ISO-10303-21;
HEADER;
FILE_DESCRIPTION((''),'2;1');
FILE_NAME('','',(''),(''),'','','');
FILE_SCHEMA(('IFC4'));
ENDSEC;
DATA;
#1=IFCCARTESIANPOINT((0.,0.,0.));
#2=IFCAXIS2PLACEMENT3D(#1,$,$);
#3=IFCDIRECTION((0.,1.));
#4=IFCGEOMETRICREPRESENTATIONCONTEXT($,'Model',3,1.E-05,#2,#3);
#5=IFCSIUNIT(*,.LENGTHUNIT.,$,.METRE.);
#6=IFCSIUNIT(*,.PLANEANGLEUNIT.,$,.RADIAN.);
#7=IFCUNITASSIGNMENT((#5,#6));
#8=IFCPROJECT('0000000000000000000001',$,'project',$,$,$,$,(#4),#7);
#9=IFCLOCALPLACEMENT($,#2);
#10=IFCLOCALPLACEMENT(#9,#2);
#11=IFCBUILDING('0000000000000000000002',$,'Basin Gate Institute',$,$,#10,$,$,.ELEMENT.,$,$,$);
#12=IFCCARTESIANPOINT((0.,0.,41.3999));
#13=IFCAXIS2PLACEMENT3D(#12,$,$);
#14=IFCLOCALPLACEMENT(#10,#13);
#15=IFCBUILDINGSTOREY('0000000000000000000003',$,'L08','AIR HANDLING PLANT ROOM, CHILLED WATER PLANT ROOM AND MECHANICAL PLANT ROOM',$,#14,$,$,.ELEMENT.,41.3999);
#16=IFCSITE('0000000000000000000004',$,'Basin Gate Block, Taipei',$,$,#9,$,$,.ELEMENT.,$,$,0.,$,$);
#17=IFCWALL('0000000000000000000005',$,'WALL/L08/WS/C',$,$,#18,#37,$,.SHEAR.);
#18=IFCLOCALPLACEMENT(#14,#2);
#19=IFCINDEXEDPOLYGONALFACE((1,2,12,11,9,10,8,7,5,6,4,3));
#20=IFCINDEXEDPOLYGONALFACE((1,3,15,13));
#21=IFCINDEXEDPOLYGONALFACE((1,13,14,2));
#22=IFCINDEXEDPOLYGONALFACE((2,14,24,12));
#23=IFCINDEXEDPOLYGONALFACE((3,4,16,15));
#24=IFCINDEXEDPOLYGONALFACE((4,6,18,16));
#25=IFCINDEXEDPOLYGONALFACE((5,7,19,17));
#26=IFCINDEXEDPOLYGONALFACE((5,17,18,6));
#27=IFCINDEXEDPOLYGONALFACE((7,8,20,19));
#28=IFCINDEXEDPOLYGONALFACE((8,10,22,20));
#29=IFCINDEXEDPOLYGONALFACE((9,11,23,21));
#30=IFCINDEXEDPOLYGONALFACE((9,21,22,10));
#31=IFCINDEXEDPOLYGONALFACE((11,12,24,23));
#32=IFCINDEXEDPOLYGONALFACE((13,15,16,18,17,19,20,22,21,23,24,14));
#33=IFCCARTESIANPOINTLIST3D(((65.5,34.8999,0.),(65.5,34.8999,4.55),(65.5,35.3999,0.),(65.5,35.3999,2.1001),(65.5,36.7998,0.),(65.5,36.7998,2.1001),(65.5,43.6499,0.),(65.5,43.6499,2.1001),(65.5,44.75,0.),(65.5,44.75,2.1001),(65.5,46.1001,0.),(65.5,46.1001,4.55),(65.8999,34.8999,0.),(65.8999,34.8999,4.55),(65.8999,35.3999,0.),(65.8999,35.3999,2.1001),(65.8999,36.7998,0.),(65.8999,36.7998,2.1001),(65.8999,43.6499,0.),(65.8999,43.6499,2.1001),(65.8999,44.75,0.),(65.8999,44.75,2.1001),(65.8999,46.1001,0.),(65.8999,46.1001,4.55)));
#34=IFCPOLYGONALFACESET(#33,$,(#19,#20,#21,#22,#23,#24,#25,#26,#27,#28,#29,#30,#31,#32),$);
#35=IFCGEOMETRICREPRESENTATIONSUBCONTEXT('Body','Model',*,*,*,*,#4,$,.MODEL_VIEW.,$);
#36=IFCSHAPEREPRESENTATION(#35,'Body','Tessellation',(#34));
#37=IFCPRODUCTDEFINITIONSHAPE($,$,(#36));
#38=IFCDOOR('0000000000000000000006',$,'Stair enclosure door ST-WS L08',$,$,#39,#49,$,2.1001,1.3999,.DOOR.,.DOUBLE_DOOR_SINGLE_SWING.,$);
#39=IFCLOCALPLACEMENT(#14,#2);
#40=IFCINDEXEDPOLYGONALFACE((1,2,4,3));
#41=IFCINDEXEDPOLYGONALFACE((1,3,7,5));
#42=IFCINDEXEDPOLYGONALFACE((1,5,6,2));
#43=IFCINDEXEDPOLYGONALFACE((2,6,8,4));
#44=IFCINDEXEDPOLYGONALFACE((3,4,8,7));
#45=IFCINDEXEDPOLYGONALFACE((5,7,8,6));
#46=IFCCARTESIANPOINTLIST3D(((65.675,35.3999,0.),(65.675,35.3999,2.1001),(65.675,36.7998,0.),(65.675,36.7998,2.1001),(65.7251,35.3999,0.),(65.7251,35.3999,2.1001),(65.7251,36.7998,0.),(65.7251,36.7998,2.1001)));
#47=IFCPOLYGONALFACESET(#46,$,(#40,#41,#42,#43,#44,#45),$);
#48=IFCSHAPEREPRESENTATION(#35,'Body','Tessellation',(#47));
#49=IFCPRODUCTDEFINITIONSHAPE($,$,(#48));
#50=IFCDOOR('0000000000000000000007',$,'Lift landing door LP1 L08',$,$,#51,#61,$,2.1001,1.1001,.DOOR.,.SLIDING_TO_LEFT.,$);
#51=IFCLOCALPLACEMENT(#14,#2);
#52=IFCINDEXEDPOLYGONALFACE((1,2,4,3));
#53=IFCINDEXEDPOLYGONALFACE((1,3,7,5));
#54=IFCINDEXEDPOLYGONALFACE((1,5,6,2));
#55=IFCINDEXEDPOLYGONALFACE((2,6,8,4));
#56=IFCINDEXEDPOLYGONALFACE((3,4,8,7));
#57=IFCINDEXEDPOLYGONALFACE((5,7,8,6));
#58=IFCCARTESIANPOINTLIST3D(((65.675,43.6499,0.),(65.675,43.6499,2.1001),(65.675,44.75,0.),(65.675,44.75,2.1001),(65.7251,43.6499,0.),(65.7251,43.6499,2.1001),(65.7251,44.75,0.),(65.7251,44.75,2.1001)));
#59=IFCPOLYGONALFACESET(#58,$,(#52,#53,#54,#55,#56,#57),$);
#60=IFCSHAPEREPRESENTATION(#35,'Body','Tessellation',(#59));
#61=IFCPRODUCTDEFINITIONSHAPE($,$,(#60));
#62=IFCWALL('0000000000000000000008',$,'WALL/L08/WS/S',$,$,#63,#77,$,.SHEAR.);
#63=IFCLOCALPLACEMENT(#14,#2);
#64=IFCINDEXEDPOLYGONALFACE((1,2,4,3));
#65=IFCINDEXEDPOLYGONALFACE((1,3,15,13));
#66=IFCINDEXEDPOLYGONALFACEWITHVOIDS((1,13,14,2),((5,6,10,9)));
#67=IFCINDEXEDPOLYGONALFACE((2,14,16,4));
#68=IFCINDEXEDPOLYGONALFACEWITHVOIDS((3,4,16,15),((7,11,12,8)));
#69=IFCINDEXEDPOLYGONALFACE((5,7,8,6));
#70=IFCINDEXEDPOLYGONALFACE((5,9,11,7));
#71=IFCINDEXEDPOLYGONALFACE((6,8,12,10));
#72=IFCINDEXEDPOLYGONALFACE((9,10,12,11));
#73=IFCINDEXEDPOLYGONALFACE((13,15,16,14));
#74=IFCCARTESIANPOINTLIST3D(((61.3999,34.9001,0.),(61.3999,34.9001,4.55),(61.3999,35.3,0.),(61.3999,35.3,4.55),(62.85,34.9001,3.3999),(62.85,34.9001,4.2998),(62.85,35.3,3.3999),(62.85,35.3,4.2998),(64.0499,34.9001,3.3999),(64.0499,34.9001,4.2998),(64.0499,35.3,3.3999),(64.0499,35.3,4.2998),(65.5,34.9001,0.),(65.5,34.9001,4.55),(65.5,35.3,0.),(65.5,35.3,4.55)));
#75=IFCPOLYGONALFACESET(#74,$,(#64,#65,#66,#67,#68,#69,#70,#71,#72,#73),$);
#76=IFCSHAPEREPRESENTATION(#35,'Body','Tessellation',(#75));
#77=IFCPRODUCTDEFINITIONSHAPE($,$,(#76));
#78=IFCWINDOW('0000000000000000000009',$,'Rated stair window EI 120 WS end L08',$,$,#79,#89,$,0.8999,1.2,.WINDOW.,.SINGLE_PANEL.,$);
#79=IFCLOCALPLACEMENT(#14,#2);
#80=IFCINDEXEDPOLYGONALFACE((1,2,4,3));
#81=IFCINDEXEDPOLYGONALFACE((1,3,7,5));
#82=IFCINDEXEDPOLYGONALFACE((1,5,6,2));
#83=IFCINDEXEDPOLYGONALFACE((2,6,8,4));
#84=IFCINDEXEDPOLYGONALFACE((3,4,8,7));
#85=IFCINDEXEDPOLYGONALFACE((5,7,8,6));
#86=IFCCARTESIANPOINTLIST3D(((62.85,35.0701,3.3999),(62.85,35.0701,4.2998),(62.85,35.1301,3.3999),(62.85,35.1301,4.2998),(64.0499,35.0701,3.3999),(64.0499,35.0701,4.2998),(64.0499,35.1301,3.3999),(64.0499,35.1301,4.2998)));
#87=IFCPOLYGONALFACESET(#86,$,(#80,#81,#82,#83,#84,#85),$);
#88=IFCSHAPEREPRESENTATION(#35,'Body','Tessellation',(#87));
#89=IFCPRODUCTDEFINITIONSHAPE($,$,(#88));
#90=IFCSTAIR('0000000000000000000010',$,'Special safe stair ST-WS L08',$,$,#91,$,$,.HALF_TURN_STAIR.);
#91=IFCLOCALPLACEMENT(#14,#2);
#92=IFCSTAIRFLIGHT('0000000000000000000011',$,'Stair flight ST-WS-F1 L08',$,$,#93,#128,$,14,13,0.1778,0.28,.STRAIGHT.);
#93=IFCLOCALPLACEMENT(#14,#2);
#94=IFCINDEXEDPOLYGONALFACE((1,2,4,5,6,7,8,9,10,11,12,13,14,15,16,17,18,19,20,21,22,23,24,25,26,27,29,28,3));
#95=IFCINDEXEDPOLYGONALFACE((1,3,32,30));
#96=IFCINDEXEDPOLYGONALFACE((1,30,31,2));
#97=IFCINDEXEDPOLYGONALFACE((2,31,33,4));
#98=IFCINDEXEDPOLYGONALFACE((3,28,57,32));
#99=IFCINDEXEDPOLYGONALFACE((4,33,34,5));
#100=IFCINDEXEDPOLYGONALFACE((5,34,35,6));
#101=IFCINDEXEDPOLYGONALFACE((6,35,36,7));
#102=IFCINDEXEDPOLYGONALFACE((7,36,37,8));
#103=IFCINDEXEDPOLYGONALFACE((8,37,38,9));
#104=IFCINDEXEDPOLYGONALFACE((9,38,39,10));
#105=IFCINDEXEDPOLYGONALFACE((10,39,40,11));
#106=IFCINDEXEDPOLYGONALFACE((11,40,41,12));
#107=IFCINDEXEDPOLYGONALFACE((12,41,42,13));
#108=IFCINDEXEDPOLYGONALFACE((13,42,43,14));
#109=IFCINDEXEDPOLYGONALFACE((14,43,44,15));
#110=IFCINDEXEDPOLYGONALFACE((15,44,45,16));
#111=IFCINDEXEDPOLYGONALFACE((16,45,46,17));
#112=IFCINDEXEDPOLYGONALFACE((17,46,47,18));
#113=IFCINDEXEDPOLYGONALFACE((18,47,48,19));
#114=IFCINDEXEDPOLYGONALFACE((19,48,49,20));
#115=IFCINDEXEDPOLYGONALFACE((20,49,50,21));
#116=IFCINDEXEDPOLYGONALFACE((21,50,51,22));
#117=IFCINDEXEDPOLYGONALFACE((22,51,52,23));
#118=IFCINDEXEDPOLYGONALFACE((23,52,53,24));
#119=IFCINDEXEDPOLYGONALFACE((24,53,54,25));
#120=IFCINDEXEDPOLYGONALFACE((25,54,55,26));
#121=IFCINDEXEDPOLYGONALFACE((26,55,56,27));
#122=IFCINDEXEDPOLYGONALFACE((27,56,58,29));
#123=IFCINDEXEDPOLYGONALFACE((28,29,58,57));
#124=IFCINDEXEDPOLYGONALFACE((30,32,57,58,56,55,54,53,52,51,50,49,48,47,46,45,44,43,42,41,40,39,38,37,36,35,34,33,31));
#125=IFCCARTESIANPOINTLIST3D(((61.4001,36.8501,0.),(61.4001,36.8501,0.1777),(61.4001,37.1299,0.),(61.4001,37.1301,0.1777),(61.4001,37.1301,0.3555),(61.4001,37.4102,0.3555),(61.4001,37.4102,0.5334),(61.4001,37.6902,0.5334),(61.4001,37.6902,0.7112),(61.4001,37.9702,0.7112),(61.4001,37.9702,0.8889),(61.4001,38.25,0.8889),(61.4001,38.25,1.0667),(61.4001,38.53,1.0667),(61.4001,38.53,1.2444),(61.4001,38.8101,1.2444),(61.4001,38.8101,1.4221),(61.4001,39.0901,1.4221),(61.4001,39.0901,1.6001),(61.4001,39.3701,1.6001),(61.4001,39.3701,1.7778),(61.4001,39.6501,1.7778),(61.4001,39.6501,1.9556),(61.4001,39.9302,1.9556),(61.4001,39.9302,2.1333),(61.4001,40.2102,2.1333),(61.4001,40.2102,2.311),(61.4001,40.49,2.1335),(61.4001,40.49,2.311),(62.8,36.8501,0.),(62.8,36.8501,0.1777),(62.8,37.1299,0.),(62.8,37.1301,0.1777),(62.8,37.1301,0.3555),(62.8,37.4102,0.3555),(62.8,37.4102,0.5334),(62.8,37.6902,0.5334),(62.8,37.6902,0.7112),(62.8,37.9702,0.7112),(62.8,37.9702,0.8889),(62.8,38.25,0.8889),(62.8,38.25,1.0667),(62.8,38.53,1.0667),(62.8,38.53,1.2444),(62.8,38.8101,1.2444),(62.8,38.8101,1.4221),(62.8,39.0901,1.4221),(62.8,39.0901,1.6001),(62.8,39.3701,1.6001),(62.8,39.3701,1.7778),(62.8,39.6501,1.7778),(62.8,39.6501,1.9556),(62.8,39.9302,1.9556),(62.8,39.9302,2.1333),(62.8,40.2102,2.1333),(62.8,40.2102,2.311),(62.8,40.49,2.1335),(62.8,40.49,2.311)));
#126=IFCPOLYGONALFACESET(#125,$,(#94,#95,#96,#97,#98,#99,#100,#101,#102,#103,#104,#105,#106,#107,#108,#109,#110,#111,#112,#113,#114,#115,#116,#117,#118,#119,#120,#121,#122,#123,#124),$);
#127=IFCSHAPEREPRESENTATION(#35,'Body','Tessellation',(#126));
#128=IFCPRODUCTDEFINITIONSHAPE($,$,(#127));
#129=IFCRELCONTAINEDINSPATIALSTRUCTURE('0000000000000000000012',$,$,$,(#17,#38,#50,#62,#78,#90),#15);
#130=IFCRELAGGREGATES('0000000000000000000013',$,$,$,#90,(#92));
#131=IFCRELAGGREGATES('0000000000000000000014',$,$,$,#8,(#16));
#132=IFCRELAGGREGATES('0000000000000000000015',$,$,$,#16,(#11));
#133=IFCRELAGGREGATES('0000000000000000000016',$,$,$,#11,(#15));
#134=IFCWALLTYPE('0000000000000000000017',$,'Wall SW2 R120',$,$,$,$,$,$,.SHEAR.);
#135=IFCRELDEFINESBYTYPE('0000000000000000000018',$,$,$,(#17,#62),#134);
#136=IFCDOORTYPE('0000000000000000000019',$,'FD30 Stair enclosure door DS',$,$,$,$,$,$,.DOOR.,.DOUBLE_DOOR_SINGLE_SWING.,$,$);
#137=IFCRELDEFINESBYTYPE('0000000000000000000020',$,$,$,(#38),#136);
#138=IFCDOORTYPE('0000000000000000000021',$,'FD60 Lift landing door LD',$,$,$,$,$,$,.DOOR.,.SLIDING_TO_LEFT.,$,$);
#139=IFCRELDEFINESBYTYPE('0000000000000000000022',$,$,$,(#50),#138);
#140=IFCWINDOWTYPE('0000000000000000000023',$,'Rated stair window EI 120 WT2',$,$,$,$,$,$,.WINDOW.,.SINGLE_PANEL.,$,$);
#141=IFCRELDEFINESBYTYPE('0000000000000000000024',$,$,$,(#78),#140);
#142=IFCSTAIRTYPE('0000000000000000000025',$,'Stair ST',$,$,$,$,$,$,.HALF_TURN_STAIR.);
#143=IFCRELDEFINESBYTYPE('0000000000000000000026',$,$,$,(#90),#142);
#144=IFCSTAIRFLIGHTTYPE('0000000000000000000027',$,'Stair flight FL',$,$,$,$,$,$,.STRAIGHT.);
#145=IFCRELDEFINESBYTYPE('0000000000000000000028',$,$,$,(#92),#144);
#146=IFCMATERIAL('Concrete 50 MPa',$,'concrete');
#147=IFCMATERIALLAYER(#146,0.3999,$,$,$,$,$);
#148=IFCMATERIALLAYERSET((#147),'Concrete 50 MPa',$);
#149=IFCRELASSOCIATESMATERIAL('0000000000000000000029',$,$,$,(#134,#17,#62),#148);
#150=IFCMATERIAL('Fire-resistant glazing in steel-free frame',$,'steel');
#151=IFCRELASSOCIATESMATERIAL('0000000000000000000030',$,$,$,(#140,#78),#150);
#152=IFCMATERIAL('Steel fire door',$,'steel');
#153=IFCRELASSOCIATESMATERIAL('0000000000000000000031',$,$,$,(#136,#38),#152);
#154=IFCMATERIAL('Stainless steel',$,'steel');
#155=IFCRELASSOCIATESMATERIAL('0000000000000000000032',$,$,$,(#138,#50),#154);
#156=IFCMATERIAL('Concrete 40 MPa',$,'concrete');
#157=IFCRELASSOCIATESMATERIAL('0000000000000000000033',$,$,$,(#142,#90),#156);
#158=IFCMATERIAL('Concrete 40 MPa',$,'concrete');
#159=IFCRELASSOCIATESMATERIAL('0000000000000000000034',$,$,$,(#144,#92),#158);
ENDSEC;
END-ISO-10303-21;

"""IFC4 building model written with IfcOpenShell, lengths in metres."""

from ifc_helpers import new_model, si_unit, direction, frame, frame_2d, origin, place, context, subcontext, project, spatial, polyline, rectangle, outline, extrude, material, layer, layer_set, type_object, element, fill, aggregate, save


model = new_model("IFC4")

# Units and contexts
model_context = context("Model", 3, precision=1e-05, world=origin(), true_north=direction((0.0, 1.0)))
body_context = subcontext(model_context, "Body", "Model", "MODEL_VIEW")
ifc_project = project(units=[si_unit("LENGTHUNIT", "METRE"), si_unit("PLANEANGLEUNIT", "RADIAN")], contexts=[model_context])

# Site, building, storey
site_placement = place(None, origin())
site = spatial("IfcSite", under=ifc_project, at=site_placement, Name="Basin Gate Block, Taipei", CompositionType="ELEMENT", RefElevation=0.0)
building_placement = place(site_placement, origin())
building = spatial("IfcBuilding", under=site, at=building_placement, Name="Basin Gate Institute", CompositionType="ELEMENT")
storey_placement = place(building_placement, frame((0.0, 0.0, 41.3999)))
storey = spatial("IfcBuildingStorey", under=building, at=storey_placement, Name="L08", Description="AIR HANDLING PLANT ROOM, CHILLED WATER PLANT ROOM AND MECHANICAL PLANT ROOM", CompositionType="ELEMENT", Elevation=41.3999)

# Shared definitions
ifc_material_1 = material(Name="Concrete 50 MPa", Category="concrete")
ifc_layer_1 = layer(ifc_material_1, 0.3999)
ifc_layer_set_1 = layer_set([ifc_layer_1], Name="Concrete 50 MPa")
wall_type_1 = type_object("IfcWallType", Name="Wall SW2 R120", PredefinedType="SHEAR", material=ifc_layer_set_1)
ifc_material_2 = material(Name="Fire-resistant glazing in steel-free frame", Category="steel")
window_type_1 = type_object("IfcWindowType", Name="Rated stair window EI 120 WT2", PartitioningType="SINGLE_PANEL", PredefinedType="WINDOW", material=ifc_material_2)

# Wall, openings, doors
wall_1_placement = place(storey_placement, frame((65.7, 34.8999, 0.0), z_axis=(0.0, 0.0, 1.0), x_axis=(0.0, 1.0, 0.0)))
wall_1 = element("IfcWall", 1, at=wall_1_placement, inside=storey, type_object=wall_type_1, material=ifc_layer_set_1, Name="WALL/L08/WS/C", PredefinedType="SHEAR", context=body_context, shape_type="SweptSolid", body=[
    extrude(rectangle(XDim=11.2002, YDim=0.3999, at=frame_2d((5.6001, 0.0))), origin(), (0.0, 0.0, 1.0), 4.55),
])
opening_1_placement = place(wall_1_placement, frame((0.5, 0.0, 0.0)))
opening_1 = element("IfcOpeningElement", 2, at=opening_1_placement, cuts=wall_1, PredefinedType="OPENING", context=body_context, shape_type="SweptSolid", body=[
    extrude(rectangle(XDim=1.3999, YDim=2.1001, at=frame_2d((0.7, 1.05))), frame((0.0, 0.21, 0.0), z_axis=(0.0, -1.0, 0.0), x_axis=(1.0, 0.0, 0.0)), (0.0, 0.0, 1.0), 0.4199),
])
opening_2_placement = place(wall_1_placement, frame((8.75, 0.0, 0.0)))
opening_2 = element("IfcOpeningElement", 3, at=opening_2_placement, cuts=wall_1, PredefinedType="OPENING", context=body_context, shape_type="SweptSolid", body=[
    extrude(rectangle(XDim=1.1001, YDim=2.1001, at=frame_2d((0.55, 1.05))), frame((0.0, 0.21, 0.0), z_axis=(0.0, -1.0, 0.0), x_axis=(1.0, 0.0, 0.0)), (0.0, 0.0, 1.0), 0.4199),
])
ifc_material_3 = material(Name="Steel fire door", Category="steel")
door_type_1 = type_object("IfcDoorType", Name="FD30 Stair enclosure door DS", OperationType="DOUBLE_DOOR_SINGLE_SWING", PredefinedType="DOOR", material=ifc_material_3)
door_1_placement = place(opening_1_placement, origin())
door_1 = element("IfcDoor", 4, at=door_1_placement, inside=storey, type_object=door_type_1, material=ifc_material_3, Name="Stair enclosure door ST-WS L08", OperationType="DOUBLE_DOOR_SINGLE_SWING", OverallHeight=2.1001, OverallWidth=1.3999, PredefinedType="DOOR", context=body_context, shape_type="SweptSolid", body=[
    extrude(rectangle(XDim=1.3999, YDim=2.1001, at=frame_2d((0.7, 1.05))), frame((0.0, 0.0249, 0.0), z_axis=(0.0, -1.0, 0.0), x_axis=(1.0, 0.0, 0.0)), (0.0, 0.0, 1.0), 0.05),
])
fill(opening_1, door_1)
ifc_material_4 = material(Name="Stainless steel", Category="steel")
door_type_2 = type_object("IfcDoorType", Name="FD60 Lift landing door LD", OperationType="SLIDING_TO_LEFT", PredefinedType="DOOR", material=ifc_material_4)
door_2_placement = place(opening_2_placement, origin())
door_2 = element("IfcDoor", 5, at=door_2_placement, inside=storey, type_object=door_type_2, material=ifc_material_4, Name="Lift landing door LP1 L08", OperationType="SLIDING_TO_LEFT", OverallHeight=2.1001, OverallWidth=1.1001, PredefinedType="DOOR", context=body_context, shape_type="SweptSolid", body=[
    extrude(rectangle(XDim=1.1001, YDim=2.1001, at=frame_2d((0.55, 1.05))), frame((0.0, 0.0249, 0.0), z_axis=(0.0, -1.0, 0.0), x_axis=(1.0, 0.0, 0.0)), (0.0, 0.0, 1.0), 0.05),
])
fill(opening_2, door_2)

# Wall, opening, window
wall_2_placement = place(storey_placement, frame((61.3999, 35.1001, 0.0), z_axis=(0.0, 0.0, 1.0), x_axis=(1.0, 0.0, 0.0)))
wall_2 = element("IfcWall", 6, at=wall_2_placement, inside=storey, type_object=wall_type_1, material=ifc_layer_set_1, Name="WALL/L08/WS/S", PredefinedType="SHEAR", context=body_context, shape_type="SweptSolid", body=[
    extrude(rectangle(XDim=4.1001, YDim=0.3999, at=frame_2d((2.05, 0.0))), origin(), (0.0, 0.0, 1.0), 4.55),
])
opening_3_placement = place(wall_2_placement, frame((1.45, 0.0, 3.3999)))
opening_3 = element("IfcOpeningElement", 7, at=opening_3_placement, cuts=wall_2, PredefinedType="OPENING", context=body_context, shape_type="SweptSolid", body=[
    extrude(rectangle(XDim=1.2, YDim=0.8999, at=frame_2d((0.6001, 0.45))), frame((0.0, 0.21, 0.0), z_axis=(0.0, -1.0, 0.0), x_axis=(1.0, 0.0, 0.0)), (0.0, 0.0, 1.0), 0.4199),
])
window_1_placement = place(opening_3_placement, origin())
window_1 = element("IfcWindow", 8, at=window_1_placement, inside=storey, type_object=window_type_1, material=ifc_material_2, Name="Rated stair window EI 120 WS end L08", OverallHeight=0.8999, OverallWidth=1.2, PartitioningType="SINGLE_PANEL", PredefinedType="WINDOW", context=body_context, shape_type="SweptSolid", body=[
    extrude(rectangle(XDim=1.2, YDim=0.8999, at=frame_2d((0.6001, 0.45))), frame((0.0, 0.03, 0.0), z_axis=(0.0, -1.0, 0.0), x_axis=(1.0, 0.0, 0.0)), (0.0, 0.0, 1.0), 0.0601),
])
fill(opening_3, window_1)

# Stair, stair flight
ifc_material_5 = material(Name="Concrete 40 MPa", Category="concrete")
stair_type = type_object("IfcStairType", Name="Stair ST", PredefinedType="HALF_TURN_STAIR", material=ifc_material_5)
stair_placement = place(storey_placement, origin())
stair = element("IfcStair", 9, at=stair_placement, inside=storey, type_object=stair_type, material=ifc_material_5, Name="Special safe stair ST-WS L08", PredefinedType="HALF_TURN_STAIR")
ifc_material_6 = material(Name="Concrete 40 MPa", Category="concrete")
stair_flight_type = type_object("IfcStairFlightType", Name="Stair flight FL", PredefinedType="STRAIGHT", material=ifc_material_6)
stair_flight_placement = place(storey_placement, frame((62.1001, 36.8501, 0.0), z_axis=(0.0, 0.0, 1.0), x_axis=(0.0, 1.0, 0.0)))
stair_flight = element("IfcStairFlight", 10, at=stair_flight_placement, type_object=stair_flight_type, material=ifc_material_6, Name="Stair flight ST-WS-F1 L08", NumberOfRisers=14, NumberOfTreads=13, PredefinedType="STRAIGHT", RiserHeight=0.1778, TreadLength=0.28, context=body_context, shape_type="SweptSolid", body=[
    extrude(outline(polyline([(0.0, 0.0), (0.0, 0.1777), (0.28, 0.1777), (0.28, 0.3555), (0.5601, 0.3555), (0.5601, 0.5334), (0.8401, 0.5334), (0.8401, 0.7112), (1.1201, 0.7112), (1.1201, 0.8889), (1.3999, 0.8889), (1.3999, 1.0667), (1.6799, 1.0667), (1.6799, 1.2444), (1.96, 1.2444), (1.96, 1.4221), (2.24, 1.4221), (2.24, 1.6001), (2.52, 1.6001), (2.52, 1.7778), (2.8, 1.7778), (2.8, 1.9556), (3.0801, 1.9556), (3.0801, 2.1333), (3.3601, 2.1333), (3.3601, 2.311), (3.6399, 2.311), (3.6399, 2.4888), (3.6399, 2.1335), (0.2798, 0.0), (0.0, 0.0)])), frame((0.0, 0.7, 0.0), z_axis=(0.0, -1.0, 0.0), x_axis=(1.0, 0.0, 0.0)), (0.0, 0.0, 1.0), 1.3999),
])
aggregate(stair, [stair_flight])

save(model, "model.ifc")
